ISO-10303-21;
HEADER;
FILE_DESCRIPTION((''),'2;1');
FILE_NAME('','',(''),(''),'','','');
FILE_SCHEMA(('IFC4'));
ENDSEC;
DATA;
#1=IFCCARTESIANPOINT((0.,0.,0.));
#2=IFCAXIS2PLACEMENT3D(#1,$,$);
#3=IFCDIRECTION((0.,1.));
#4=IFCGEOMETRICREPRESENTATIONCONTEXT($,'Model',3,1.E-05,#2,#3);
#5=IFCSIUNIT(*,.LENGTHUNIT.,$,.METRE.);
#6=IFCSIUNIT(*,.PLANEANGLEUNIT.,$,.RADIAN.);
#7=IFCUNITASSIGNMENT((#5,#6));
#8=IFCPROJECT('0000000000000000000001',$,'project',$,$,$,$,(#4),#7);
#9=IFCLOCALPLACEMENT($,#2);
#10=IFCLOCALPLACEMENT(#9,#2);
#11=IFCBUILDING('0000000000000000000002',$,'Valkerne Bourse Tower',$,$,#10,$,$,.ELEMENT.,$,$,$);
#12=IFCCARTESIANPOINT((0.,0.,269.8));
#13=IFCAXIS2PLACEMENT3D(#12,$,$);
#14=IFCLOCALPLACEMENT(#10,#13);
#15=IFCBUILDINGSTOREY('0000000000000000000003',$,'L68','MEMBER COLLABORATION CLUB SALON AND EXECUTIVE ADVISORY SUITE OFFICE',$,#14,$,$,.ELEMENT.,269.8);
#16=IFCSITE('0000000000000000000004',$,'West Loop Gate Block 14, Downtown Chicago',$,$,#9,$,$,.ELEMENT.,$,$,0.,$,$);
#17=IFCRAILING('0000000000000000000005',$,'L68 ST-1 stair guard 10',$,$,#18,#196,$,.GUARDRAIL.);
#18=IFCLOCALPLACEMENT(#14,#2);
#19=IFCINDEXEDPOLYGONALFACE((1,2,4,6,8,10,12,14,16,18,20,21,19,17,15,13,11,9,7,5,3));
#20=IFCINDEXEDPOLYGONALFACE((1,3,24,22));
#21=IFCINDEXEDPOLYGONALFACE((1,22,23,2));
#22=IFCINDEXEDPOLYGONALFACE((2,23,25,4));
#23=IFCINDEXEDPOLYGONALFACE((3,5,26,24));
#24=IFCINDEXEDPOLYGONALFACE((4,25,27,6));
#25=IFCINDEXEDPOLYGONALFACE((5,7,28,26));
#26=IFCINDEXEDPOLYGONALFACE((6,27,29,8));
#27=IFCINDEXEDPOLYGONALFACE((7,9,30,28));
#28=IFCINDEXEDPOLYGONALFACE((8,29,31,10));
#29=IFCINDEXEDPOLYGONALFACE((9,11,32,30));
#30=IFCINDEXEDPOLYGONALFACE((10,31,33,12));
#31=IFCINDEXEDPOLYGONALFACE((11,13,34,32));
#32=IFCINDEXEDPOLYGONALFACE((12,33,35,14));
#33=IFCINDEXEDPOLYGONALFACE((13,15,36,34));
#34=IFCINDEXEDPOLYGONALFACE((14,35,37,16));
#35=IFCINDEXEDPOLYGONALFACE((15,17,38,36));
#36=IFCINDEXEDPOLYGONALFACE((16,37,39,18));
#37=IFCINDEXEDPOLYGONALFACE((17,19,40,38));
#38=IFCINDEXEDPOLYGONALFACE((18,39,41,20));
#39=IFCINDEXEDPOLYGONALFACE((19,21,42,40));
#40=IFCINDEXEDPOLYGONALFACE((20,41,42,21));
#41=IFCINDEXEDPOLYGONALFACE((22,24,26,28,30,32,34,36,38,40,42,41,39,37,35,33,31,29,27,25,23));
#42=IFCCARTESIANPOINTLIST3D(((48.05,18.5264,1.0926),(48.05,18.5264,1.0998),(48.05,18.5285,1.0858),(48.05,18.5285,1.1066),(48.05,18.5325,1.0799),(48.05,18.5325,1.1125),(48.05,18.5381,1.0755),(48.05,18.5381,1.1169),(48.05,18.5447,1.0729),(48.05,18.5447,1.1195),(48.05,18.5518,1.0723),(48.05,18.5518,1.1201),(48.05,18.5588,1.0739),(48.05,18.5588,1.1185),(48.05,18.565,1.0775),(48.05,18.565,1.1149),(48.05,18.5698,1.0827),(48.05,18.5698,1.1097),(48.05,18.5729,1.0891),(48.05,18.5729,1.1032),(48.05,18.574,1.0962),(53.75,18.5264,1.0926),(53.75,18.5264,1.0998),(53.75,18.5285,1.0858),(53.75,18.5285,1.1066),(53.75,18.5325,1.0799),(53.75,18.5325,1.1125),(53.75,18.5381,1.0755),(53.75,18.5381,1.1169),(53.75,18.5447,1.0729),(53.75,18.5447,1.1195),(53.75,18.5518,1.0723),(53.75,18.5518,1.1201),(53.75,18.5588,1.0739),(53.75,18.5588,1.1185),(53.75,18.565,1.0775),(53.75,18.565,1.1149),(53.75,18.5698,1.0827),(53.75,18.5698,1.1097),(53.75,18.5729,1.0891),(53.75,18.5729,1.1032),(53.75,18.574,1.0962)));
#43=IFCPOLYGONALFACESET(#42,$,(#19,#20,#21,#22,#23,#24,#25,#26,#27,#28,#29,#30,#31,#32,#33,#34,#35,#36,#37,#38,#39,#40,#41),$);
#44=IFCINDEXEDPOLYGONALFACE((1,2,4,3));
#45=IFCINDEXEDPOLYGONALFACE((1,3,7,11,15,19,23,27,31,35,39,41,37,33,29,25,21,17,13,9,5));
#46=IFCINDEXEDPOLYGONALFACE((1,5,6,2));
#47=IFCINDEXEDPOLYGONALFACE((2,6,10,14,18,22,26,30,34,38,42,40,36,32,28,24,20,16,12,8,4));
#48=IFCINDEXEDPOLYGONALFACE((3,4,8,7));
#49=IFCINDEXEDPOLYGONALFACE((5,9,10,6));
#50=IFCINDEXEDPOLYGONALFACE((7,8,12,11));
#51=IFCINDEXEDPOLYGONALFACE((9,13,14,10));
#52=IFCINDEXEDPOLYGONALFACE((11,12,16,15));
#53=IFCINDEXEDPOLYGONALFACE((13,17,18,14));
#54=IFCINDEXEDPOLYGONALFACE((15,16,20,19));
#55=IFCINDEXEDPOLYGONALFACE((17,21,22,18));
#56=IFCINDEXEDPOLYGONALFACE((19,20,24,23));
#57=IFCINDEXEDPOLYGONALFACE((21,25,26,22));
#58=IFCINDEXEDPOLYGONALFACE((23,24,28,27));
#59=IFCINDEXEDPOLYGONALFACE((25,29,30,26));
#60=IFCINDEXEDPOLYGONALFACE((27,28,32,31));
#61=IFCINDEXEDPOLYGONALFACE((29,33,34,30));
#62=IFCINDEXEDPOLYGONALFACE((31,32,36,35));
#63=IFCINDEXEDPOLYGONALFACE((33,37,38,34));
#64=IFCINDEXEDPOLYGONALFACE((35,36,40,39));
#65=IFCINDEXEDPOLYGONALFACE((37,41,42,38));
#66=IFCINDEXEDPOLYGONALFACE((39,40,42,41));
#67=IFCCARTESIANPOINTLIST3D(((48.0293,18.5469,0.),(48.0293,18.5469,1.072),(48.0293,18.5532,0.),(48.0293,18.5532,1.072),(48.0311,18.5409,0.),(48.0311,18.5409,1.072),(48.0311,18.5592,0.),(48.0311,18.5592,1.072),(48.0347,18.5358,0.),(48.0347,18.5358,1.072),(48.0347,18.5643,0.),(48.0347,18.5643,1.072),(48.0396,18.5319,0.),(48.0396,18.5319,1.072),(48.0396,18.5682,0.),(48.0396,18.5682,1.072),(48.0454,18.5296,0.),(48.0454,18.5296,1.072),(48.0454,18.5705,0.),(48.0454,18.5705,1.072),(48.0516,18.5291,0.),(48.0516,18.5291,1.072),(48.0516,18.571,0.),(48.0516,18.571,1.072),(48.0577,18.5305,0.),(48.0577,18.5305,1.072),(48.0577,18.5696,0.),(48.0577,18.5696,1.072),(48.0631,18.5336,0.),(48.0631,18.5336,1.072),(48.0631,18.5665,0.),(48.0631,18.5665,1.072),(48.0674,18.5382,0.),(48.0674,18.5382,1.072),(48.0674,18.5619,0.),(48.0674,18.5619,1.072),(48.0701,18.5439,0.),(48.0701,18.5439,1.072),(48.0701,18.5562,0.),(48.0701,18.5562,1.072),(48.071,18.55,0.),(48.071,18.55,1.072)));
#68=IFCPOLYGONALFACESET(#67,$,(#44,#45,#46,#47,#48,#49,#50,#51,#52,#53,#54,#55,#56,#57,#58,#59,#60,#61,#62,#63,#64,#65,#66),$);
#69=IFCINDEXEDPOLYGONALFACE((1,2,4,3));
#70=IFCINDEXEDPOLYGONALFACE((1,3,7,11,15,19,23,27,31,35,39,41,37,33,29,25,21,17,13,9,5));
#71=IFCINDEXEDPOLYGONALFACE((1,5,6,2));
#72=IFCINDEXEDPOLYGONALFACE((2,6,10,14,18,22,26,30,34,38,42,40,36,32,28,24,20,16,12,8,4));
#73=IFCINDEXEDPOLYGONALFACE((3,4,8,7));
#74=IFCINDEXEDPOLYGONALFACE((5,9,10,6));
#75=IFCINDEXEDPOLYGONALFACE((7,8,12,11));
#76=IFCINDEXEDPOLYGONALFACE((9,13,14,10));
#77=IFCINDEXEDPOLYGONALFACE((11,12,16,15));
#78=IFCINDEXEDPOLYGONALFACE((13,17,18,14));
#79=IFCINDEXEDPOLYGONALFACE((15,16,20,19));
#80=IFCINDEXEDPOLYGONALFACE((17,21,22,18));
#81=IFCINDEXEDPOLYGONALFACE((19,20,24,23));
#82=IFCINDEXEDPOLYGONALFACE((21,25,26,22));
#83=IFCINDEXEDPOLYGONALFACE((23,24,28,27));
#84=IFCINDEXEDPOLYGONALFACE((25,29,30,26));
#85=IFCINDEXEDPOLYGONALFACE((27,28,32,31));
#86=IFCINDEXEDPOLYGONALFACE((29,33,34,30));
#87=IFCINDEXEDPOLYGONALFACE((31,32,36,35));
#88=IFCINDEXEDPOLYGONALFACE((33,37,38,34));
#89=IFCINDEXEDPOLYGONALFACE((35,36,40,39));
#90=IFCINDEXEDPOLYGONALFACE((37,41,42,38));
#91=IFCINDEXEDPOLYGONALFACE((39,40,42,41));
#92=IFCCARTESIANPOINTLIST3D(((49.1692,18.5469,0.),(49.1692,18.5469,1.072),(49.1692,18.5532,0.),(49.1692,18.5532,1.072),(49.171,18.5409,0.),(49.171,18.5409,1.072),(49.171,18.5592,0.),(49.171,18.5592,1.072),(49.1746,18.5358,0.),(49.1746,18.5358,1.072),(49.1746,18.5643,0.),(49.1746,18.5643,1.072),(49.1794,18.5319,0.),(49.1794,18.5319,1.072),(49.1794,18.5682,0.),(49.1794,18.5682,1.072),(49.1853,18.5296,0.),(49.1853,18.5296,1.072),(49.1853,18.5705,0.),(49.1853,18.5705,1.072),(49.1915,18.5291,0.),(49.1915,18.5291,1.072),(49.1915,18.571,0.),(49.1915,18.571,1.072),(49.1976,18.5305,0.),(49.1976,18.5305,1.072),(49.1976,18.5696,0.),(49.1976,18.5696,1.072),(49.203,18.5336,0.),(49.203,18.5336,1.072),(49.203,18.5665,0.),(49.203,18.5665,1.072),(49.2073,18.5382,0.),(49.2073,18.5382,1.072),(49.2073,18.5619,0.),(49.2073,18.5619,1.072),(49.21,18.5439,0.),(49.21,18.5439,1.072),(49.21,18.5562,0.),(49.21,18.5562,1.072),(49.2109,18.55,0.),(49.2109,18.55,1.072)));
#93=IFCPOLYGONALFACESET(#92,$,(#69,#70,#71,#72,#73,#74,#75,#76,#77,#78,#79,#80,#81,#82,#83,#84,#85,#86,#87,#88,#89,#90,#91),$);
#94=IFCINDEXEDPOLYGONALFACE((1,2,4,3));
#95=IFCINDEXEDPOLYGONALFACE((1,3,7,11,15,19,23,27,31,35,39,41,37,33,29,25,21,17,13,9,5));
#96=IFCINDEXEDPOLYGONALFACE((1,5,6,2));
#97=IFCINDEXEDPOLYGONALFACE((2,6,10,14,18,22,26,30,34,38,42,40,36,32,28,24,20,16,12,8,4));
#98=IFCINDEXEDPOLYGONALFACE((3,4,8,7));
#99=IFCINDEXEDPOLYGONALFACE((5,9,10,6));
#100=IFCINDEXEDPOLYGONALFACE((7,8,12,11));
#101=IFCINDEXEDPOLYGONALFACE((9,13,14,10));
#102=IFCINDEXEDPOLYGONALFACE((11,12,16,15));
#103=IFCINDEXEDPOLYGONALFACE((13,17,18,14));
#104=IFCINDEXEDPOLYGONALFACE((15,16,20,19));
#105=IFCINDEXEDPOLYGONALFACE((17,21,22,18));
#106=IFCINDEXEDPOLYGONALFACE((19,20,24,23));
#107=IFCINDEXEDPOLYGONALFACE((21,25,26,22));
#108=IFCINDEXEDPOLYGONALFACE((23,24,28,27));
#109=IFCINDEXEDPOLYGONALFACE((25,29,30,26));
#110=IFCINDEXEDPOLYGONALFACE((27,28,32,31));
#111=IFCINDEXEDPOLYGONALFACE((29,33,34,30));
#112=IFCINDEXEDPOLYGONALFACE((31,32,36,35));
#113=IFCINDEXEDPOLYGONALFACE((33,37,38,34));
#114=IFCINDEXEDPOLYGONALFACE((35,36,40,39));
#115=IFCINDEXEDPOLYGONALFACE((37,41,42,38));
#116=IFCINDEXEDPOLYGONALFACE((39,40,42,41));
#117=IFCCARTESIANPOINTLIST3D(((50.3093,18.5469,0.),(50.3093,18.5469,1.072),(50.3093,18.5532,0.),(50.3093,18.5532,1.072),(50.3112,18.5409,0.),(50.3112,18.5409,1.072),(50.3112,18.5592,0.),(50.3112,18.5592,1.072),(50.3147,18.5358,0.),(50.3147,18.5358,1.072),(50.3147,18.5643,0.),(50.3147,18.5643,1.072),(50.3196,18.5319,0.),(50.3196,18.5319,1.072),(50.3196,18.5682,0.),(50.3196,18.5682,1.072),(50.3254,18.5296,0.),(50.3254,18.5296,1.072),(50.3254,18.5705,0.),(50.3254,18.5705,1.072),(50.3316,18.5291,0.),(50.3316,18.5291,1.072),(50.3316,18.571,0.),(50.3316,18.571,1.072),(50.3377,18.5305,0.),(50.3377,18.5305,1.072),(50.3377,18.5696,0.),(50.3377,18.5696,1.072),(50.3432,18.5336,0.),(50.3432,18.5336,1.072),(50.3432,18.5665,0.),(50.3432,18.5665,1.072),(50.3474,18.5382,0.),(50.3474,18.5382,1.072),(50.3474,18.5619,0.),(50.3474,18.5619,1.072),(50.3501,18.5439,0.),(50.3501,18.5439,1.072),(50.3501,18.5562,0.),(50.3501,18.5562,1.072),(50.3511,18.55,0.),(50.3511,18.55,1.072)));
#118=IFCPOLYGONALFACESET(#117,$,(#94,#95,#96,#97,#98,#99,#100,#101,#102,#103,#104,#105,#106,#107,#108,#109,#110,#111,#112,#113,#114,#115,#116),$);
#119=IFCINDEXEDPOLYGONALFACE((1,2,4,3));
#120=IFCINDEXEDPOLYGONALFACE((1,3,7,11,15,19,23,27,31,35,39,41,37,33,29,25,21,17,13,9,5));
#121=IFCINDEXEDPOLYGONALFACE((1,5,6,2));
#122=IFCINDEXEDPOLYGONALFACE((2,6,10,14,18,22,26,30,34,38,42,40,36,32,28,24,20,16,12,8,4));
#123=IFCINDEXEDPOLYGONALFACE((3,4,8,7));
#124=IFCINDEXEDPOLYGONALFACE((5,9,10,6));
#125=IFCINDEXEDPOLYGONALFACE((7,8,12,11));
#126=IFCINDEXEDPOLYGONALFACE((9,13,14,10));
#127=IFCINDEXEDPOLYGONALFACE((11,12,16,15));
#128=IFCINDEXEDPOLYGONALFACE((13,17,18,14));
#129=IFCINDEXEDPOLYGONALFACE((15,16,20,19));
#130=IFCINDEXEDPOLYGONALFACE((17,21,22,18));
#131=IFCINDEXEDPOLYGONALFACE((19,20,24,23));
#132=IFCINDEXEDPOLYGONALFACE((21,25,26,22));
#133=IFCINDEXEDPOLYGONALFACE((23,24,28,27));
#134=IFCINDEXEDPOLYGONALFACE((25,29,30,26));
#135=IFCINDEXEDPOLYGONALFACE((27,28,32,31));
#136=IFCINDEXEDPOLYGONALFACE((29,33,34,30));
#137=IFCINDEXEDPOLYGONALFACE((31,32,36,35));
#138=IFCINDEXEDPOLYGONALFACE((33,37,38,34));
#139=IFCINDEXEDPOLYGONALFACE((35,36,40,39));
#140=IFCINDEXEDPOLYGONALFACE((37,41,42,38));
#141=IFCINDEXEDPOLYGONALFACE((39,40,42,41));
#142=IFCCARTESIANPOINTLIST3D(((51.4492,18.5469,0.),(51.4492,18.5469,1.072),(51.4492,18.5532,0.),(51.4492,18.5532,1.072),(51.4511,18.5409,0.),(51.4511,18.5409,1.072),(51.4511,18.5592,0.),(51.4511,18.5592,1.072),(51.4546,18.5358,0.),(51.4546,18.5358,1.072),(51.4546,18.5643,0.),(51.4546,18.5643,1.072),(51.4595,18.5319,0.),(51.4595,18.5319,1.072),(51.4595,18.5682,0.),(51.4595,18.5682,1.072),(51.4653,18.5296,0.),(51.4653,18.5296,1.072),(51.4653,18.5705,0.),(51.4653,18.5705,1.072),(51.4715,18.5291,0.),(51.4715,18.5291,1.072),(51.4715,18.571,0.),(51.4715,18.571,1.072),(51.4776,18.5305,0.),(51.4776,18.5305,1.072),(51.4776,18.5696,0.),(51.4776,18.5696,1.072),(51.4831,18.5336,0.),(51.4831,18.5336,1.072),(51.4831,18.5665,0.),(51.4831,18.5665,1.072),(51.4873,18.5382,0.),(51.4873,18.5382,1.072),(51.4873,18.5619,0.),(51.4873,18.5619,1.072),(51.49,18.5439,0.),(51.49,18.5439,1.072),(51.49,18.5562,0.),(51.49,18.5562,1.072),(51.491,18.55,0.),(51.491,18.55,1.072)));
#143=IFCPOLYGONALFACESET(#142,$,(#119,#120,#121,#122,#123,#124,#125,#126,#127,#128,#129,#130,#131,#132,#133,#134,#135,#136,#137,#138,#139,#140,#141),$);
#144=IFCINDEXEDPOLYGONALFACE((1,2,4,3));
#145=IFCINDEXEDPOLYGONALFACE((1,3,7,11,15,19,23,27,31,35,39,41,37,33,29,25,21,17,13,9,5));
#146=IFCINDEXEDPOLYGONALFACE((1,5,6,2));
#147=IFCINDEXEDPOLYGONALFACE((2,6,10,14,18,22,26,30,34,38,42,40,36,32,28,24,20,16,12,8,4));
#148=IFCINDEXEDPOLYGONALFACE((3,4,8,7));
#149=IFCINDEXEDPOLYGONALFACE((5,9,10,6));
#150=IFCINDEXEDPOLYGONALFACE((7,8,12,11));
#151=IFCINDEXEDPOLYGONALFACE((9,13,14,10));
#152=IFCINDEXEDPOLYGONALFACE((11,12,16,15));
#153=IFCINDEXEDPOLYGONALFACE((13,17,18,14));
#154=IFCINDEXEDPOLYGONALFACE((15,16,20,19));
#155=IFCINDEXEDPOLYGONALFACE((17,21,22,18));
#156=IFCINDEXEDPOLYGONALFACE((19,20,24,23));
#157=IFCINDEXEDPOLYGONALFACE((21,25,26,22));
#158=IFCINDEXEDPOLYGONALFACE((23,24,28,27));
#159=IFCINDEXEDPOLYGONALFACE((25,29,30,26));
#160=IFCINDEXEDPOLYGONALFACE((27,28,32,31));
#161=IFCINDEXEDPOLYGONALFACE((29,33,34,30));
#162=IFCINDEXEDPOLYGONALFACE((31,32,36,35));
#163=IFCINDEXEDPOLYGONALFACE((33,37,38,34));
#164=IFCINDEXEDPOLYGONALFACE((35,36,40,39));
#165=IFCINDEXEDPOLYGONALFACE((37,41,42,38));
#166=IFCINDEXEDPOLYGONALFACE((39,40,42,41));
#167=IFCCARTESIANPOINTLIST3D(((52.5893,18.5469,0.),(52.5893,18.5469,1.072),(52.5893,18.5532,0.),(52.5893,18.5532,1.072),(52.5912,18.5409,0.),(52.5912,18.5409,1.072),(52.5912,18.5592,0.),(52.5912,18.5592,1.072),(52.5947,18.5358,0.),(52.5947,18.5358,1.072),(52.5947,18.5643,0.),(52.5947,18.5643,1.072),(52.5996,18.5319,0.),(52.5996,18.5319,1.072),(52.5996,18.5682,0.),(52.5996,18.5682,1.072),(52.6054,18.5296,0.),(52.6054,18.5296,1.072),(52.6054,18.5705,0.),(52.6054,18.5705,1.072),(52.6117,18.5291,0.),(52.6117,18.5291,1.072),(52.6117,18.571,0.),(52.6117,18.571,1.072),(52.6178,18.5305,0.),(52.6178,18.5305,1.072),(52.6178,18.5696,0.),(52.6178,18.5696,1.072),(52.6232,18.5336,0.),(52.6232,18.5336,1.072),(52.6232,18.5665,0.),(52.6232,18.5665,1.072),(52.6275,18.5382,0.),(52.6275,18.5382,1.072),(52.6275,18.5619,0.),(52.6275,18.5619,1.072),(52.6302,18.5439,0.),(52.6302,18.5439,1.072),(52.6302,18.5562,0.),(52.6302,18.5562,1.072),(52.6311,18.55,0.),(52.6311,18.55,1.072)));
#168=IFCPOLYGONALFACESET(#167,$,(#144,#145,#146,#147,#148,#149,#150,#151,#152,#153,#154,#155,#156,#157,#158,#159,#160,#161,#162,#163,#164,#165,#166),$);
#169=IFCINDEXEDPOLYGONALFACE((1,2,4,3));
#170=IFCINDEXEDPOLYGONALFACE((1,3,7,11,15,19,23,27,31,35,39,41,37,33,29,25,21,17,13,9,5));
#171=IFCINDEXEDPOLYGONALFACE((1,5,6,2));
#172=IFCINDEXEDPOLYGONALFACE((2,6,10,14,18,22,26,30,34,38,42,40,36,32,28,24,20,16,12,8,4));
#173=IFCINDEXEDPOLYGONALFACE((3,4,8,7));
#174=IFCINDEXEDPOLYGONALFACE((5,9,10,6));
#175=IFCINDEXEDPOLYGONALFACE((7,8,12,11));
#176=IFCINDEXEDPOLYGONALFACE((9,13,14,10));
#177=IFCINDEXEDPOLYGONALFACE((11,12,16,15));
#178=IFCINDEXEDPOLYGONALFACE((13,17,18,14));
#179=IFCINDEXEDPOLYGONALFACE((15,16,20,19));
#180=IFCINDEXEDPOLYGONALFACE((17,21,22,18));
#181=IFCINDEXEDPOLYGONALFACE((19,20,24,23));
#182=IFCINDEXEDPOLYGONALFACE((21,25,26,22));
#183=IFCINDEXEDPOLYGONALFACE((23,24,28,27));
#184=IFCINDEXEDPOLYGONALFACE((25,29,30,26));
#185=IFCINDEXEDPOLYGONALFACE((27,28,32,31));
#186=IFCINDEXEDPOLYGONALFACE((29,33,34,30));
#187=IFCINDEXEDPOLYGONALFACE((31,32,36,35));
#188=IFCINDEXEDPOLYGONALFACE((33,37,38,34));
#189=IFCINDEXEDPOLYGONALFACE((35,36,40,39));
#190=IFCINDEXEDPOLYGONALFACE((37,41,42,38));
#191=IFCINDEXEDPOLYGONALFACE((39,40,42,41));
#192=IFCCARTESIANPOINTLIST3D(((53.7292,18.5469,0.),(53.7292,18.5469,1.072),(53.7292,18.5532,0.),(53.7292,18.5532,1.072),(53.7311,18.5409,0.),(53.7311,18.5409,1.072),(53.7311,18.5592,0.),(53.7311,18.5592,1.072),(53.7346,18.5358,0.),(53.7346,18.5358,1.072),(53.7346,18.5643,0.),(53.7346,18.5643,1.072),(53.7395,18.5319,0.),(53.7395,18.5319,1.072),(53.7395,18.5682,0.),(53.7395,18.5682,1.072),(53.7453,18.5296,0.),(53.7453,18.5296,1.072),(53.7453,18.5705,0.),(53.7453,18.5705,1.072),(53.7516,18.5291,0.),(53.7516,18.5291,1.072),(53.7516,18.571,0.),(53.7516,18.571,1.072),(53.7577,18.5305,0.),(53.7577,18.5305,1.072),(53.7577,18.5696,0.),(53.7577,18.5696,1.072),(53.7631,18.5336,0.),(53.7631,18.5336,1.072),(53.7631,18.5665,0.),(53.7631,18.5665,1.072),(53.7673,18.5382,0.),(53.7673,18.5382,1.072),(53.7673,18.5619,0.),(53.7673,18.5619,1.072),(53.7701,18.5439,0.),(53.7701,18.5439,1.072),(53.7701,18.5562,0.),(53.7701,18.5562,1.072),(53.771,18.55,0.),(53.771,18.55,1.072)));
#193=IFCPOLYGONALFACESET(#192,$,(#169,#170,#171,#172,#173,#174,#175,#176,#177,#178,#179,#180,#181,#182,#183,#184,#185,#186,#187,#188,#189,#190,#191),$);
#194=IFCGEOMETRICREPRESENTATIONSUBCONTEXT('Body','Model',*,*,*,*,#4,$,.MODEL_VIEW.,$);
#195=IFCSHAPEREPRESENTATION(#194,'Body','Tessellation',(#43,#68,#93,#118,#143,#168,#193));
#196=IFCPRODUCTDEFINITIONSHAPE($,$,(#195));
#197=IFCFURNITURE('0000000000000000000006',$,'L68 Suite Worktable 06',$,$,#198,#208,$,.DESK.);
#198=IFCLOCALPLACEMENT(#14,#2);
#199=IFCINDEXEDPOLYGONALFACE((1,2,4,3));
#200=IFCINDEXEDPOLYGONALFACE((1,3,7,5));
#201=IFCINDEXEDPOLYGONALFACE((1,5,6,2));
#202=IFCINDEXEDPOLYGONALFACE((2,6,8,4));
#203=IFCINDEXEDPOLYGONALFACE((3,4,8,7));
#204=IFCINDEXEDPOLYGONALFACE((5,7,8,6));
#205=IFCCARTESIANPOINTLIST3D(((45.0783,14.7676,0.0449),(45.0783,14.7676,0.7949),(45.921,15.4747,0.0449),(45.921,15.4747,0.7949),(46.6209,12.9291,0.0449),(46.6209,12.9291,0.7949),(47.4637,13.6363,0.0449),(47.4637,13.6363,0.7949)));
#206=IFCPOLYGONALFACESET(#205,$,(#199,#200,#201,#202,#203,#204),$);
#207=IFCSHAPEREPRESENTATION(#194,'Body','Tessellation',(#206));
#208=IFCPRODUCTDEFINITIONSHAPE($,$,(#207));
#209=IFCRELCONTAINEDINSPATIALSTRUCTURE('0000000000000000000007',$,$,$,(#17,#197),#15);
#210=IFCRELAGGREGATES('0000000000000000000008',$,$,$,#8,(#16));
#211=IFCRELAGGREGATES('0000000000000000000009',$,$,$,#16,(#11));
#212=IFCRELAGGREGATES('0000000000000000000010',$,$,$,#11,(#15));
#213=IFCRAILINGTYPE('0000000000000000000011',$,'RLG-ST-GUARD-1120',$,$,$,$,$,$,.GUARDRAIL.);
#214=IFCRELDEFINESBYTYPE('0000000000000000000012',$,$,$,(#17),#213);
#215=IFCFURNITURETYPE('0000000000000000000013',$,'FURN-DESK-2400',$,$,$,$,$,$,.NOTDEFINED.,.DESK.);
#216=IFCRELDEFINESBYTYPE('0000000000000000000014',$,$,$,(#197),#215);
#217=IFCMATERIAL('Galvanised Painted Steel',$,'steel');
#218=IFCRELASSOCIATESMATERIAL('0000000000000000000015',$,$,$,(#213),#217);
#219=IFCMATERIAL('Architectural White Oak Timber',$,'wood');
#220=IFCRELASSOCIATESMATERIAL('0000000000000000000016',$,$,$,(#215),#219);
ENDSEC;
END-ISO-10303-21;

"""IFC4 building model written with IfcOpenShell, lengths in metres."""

from ifc_helpers import new_model, si_unit, direction, frame, origin, origin_2d, place, context, subcontext, project, spatial, rectangle, circle, extrude, material, type_object, element, save


model = new_model("IFC4")

# Units and contexts
model_context = context("Model", 3, precision=1e-05, world=origin(), true_north=direction((0.0, 1.0)))
body_context = subcontext(model_context, "Body", "Model", "MODEL_VIEW")
ifc_project = project(units=[si_unit("LENGTHUNIT", "METRE"), si_unit("PLANEANGLEUNIT", "RADIAN")], contexts=[model_context])

# Site, building, storey
site_placement = place(None, origin())
site = spatial("IfcSite", under=ifc_project, at=site_placement, Name="West Loop Gate Block 14, Downtown Chicago", CompositionType="ELEMENT", RefElevation=0.0)
building_placement = place(site_placement, origin())
building = spatial("IfcBuilding", under=site, at=building_placement, Name="Valkerne Bourse Tower", CompositionType="ELEMENT")
storey_placement = place(building_placement, frame((0.0, 0.0, 269.8)))
storey = spatial("IfcBuildingStorey", under=building, at=storey_placement, Name="L68", Description="MEMBER COLLABORATION CLUB SALON AND EXECUTIVE ADVISORY SUITE OFFICE", CompositionType="ELEMENT", Elevation=269.8)

# Railing
ifc_material_1 = material(Name="Galvanised Painted Steel", Category="steel")
railing_type = type_object("IfcRailingType", Name="RLG-ST-GUARD-1120", PredefinedType="GUARDRAIL", material=ifc_material_1)
railing_placement = place(storey_placement, frame((48.05, 18.55, 0.0)))
element("IfcRailing", 1, at=railing_placement, inside=storey, type_object=railing_type, Name="L68 ST-1 stair guard 10", PredefinedType="GUARDRAIL", context=body_context, shape_type="SweptSolid", body=[
    extrude(circle(Radius=0.0239, at=origin_2d()), frame((0.0, 0.0, 1.0962), z_axis=(1.0, 0.0, 0.0), x_axis=(0.0, 1.0, 0.0)), (0.0, 0.0, 1.0), 5.7),
    extrude(circle(Radius=0.021, at=origin_2d()), origin(), (0.0, 0.0, 1.0), 1.072),
    extrude(circle(Radius=0.021, at=origin_2d()), frame((1.1399, 0.0, 0.0)), (0.0, 0.0, 1.0), 1.072),
    extrude(circle(Radius=0.021, at=origin_2d()), frame((2.28, 0.0, 0.0)), (0.0, 0.0, 1.0), 1.072),
    extrude(circle(Radius=0.021, at=origin_2d()), frame((3.4199, 0.0, 0.0)), (0.0, 0.0, 1.0), 1.072),
    extrude(circle(Radius=0.021, at=origin_2d()), frame((4.5601, 0.0, 0.0)), (0.0, 0.0, 1.0), 1.072),
    extrude(circle(Radius=0.021, at=origin_2d()), frame((5.7, 0.0, 0.0)), (0.0, 0.0, 1.0), 1.072),
])

# Furniture
ifc_material_2 = material(Name="Architectural White Oak Timber", Category="wood")
furniture_type = type_object("IfcFurnitureType", Name="FURN-DESK-2400", AssemblyPlace="NOTDEFINED", PredefinedType="DESK", material=ifc_material_2)
furniture_placement = place(storey_placement, frame((46.271, 14.2019, 0.0449), z_axis=(0.0, 0.0, 1.0), x_axis=(-0.642788, 0.766044, 0.0)))
element("IfcFurniture", 2, at=furniture_placement, inside=storey, type_object=furniture_type, Name="L68 Suite Worktable 06", PredefinedType="DESK", context=body_context, shape_type="SweptSolid", body=[
    extrude(rectangle(XDim=2.3999, YDim=1.1001, at=origin_2d()), origin(), (0.0, 0.0, 1.0), 0.75),
])

save(model, "model.ifc")
